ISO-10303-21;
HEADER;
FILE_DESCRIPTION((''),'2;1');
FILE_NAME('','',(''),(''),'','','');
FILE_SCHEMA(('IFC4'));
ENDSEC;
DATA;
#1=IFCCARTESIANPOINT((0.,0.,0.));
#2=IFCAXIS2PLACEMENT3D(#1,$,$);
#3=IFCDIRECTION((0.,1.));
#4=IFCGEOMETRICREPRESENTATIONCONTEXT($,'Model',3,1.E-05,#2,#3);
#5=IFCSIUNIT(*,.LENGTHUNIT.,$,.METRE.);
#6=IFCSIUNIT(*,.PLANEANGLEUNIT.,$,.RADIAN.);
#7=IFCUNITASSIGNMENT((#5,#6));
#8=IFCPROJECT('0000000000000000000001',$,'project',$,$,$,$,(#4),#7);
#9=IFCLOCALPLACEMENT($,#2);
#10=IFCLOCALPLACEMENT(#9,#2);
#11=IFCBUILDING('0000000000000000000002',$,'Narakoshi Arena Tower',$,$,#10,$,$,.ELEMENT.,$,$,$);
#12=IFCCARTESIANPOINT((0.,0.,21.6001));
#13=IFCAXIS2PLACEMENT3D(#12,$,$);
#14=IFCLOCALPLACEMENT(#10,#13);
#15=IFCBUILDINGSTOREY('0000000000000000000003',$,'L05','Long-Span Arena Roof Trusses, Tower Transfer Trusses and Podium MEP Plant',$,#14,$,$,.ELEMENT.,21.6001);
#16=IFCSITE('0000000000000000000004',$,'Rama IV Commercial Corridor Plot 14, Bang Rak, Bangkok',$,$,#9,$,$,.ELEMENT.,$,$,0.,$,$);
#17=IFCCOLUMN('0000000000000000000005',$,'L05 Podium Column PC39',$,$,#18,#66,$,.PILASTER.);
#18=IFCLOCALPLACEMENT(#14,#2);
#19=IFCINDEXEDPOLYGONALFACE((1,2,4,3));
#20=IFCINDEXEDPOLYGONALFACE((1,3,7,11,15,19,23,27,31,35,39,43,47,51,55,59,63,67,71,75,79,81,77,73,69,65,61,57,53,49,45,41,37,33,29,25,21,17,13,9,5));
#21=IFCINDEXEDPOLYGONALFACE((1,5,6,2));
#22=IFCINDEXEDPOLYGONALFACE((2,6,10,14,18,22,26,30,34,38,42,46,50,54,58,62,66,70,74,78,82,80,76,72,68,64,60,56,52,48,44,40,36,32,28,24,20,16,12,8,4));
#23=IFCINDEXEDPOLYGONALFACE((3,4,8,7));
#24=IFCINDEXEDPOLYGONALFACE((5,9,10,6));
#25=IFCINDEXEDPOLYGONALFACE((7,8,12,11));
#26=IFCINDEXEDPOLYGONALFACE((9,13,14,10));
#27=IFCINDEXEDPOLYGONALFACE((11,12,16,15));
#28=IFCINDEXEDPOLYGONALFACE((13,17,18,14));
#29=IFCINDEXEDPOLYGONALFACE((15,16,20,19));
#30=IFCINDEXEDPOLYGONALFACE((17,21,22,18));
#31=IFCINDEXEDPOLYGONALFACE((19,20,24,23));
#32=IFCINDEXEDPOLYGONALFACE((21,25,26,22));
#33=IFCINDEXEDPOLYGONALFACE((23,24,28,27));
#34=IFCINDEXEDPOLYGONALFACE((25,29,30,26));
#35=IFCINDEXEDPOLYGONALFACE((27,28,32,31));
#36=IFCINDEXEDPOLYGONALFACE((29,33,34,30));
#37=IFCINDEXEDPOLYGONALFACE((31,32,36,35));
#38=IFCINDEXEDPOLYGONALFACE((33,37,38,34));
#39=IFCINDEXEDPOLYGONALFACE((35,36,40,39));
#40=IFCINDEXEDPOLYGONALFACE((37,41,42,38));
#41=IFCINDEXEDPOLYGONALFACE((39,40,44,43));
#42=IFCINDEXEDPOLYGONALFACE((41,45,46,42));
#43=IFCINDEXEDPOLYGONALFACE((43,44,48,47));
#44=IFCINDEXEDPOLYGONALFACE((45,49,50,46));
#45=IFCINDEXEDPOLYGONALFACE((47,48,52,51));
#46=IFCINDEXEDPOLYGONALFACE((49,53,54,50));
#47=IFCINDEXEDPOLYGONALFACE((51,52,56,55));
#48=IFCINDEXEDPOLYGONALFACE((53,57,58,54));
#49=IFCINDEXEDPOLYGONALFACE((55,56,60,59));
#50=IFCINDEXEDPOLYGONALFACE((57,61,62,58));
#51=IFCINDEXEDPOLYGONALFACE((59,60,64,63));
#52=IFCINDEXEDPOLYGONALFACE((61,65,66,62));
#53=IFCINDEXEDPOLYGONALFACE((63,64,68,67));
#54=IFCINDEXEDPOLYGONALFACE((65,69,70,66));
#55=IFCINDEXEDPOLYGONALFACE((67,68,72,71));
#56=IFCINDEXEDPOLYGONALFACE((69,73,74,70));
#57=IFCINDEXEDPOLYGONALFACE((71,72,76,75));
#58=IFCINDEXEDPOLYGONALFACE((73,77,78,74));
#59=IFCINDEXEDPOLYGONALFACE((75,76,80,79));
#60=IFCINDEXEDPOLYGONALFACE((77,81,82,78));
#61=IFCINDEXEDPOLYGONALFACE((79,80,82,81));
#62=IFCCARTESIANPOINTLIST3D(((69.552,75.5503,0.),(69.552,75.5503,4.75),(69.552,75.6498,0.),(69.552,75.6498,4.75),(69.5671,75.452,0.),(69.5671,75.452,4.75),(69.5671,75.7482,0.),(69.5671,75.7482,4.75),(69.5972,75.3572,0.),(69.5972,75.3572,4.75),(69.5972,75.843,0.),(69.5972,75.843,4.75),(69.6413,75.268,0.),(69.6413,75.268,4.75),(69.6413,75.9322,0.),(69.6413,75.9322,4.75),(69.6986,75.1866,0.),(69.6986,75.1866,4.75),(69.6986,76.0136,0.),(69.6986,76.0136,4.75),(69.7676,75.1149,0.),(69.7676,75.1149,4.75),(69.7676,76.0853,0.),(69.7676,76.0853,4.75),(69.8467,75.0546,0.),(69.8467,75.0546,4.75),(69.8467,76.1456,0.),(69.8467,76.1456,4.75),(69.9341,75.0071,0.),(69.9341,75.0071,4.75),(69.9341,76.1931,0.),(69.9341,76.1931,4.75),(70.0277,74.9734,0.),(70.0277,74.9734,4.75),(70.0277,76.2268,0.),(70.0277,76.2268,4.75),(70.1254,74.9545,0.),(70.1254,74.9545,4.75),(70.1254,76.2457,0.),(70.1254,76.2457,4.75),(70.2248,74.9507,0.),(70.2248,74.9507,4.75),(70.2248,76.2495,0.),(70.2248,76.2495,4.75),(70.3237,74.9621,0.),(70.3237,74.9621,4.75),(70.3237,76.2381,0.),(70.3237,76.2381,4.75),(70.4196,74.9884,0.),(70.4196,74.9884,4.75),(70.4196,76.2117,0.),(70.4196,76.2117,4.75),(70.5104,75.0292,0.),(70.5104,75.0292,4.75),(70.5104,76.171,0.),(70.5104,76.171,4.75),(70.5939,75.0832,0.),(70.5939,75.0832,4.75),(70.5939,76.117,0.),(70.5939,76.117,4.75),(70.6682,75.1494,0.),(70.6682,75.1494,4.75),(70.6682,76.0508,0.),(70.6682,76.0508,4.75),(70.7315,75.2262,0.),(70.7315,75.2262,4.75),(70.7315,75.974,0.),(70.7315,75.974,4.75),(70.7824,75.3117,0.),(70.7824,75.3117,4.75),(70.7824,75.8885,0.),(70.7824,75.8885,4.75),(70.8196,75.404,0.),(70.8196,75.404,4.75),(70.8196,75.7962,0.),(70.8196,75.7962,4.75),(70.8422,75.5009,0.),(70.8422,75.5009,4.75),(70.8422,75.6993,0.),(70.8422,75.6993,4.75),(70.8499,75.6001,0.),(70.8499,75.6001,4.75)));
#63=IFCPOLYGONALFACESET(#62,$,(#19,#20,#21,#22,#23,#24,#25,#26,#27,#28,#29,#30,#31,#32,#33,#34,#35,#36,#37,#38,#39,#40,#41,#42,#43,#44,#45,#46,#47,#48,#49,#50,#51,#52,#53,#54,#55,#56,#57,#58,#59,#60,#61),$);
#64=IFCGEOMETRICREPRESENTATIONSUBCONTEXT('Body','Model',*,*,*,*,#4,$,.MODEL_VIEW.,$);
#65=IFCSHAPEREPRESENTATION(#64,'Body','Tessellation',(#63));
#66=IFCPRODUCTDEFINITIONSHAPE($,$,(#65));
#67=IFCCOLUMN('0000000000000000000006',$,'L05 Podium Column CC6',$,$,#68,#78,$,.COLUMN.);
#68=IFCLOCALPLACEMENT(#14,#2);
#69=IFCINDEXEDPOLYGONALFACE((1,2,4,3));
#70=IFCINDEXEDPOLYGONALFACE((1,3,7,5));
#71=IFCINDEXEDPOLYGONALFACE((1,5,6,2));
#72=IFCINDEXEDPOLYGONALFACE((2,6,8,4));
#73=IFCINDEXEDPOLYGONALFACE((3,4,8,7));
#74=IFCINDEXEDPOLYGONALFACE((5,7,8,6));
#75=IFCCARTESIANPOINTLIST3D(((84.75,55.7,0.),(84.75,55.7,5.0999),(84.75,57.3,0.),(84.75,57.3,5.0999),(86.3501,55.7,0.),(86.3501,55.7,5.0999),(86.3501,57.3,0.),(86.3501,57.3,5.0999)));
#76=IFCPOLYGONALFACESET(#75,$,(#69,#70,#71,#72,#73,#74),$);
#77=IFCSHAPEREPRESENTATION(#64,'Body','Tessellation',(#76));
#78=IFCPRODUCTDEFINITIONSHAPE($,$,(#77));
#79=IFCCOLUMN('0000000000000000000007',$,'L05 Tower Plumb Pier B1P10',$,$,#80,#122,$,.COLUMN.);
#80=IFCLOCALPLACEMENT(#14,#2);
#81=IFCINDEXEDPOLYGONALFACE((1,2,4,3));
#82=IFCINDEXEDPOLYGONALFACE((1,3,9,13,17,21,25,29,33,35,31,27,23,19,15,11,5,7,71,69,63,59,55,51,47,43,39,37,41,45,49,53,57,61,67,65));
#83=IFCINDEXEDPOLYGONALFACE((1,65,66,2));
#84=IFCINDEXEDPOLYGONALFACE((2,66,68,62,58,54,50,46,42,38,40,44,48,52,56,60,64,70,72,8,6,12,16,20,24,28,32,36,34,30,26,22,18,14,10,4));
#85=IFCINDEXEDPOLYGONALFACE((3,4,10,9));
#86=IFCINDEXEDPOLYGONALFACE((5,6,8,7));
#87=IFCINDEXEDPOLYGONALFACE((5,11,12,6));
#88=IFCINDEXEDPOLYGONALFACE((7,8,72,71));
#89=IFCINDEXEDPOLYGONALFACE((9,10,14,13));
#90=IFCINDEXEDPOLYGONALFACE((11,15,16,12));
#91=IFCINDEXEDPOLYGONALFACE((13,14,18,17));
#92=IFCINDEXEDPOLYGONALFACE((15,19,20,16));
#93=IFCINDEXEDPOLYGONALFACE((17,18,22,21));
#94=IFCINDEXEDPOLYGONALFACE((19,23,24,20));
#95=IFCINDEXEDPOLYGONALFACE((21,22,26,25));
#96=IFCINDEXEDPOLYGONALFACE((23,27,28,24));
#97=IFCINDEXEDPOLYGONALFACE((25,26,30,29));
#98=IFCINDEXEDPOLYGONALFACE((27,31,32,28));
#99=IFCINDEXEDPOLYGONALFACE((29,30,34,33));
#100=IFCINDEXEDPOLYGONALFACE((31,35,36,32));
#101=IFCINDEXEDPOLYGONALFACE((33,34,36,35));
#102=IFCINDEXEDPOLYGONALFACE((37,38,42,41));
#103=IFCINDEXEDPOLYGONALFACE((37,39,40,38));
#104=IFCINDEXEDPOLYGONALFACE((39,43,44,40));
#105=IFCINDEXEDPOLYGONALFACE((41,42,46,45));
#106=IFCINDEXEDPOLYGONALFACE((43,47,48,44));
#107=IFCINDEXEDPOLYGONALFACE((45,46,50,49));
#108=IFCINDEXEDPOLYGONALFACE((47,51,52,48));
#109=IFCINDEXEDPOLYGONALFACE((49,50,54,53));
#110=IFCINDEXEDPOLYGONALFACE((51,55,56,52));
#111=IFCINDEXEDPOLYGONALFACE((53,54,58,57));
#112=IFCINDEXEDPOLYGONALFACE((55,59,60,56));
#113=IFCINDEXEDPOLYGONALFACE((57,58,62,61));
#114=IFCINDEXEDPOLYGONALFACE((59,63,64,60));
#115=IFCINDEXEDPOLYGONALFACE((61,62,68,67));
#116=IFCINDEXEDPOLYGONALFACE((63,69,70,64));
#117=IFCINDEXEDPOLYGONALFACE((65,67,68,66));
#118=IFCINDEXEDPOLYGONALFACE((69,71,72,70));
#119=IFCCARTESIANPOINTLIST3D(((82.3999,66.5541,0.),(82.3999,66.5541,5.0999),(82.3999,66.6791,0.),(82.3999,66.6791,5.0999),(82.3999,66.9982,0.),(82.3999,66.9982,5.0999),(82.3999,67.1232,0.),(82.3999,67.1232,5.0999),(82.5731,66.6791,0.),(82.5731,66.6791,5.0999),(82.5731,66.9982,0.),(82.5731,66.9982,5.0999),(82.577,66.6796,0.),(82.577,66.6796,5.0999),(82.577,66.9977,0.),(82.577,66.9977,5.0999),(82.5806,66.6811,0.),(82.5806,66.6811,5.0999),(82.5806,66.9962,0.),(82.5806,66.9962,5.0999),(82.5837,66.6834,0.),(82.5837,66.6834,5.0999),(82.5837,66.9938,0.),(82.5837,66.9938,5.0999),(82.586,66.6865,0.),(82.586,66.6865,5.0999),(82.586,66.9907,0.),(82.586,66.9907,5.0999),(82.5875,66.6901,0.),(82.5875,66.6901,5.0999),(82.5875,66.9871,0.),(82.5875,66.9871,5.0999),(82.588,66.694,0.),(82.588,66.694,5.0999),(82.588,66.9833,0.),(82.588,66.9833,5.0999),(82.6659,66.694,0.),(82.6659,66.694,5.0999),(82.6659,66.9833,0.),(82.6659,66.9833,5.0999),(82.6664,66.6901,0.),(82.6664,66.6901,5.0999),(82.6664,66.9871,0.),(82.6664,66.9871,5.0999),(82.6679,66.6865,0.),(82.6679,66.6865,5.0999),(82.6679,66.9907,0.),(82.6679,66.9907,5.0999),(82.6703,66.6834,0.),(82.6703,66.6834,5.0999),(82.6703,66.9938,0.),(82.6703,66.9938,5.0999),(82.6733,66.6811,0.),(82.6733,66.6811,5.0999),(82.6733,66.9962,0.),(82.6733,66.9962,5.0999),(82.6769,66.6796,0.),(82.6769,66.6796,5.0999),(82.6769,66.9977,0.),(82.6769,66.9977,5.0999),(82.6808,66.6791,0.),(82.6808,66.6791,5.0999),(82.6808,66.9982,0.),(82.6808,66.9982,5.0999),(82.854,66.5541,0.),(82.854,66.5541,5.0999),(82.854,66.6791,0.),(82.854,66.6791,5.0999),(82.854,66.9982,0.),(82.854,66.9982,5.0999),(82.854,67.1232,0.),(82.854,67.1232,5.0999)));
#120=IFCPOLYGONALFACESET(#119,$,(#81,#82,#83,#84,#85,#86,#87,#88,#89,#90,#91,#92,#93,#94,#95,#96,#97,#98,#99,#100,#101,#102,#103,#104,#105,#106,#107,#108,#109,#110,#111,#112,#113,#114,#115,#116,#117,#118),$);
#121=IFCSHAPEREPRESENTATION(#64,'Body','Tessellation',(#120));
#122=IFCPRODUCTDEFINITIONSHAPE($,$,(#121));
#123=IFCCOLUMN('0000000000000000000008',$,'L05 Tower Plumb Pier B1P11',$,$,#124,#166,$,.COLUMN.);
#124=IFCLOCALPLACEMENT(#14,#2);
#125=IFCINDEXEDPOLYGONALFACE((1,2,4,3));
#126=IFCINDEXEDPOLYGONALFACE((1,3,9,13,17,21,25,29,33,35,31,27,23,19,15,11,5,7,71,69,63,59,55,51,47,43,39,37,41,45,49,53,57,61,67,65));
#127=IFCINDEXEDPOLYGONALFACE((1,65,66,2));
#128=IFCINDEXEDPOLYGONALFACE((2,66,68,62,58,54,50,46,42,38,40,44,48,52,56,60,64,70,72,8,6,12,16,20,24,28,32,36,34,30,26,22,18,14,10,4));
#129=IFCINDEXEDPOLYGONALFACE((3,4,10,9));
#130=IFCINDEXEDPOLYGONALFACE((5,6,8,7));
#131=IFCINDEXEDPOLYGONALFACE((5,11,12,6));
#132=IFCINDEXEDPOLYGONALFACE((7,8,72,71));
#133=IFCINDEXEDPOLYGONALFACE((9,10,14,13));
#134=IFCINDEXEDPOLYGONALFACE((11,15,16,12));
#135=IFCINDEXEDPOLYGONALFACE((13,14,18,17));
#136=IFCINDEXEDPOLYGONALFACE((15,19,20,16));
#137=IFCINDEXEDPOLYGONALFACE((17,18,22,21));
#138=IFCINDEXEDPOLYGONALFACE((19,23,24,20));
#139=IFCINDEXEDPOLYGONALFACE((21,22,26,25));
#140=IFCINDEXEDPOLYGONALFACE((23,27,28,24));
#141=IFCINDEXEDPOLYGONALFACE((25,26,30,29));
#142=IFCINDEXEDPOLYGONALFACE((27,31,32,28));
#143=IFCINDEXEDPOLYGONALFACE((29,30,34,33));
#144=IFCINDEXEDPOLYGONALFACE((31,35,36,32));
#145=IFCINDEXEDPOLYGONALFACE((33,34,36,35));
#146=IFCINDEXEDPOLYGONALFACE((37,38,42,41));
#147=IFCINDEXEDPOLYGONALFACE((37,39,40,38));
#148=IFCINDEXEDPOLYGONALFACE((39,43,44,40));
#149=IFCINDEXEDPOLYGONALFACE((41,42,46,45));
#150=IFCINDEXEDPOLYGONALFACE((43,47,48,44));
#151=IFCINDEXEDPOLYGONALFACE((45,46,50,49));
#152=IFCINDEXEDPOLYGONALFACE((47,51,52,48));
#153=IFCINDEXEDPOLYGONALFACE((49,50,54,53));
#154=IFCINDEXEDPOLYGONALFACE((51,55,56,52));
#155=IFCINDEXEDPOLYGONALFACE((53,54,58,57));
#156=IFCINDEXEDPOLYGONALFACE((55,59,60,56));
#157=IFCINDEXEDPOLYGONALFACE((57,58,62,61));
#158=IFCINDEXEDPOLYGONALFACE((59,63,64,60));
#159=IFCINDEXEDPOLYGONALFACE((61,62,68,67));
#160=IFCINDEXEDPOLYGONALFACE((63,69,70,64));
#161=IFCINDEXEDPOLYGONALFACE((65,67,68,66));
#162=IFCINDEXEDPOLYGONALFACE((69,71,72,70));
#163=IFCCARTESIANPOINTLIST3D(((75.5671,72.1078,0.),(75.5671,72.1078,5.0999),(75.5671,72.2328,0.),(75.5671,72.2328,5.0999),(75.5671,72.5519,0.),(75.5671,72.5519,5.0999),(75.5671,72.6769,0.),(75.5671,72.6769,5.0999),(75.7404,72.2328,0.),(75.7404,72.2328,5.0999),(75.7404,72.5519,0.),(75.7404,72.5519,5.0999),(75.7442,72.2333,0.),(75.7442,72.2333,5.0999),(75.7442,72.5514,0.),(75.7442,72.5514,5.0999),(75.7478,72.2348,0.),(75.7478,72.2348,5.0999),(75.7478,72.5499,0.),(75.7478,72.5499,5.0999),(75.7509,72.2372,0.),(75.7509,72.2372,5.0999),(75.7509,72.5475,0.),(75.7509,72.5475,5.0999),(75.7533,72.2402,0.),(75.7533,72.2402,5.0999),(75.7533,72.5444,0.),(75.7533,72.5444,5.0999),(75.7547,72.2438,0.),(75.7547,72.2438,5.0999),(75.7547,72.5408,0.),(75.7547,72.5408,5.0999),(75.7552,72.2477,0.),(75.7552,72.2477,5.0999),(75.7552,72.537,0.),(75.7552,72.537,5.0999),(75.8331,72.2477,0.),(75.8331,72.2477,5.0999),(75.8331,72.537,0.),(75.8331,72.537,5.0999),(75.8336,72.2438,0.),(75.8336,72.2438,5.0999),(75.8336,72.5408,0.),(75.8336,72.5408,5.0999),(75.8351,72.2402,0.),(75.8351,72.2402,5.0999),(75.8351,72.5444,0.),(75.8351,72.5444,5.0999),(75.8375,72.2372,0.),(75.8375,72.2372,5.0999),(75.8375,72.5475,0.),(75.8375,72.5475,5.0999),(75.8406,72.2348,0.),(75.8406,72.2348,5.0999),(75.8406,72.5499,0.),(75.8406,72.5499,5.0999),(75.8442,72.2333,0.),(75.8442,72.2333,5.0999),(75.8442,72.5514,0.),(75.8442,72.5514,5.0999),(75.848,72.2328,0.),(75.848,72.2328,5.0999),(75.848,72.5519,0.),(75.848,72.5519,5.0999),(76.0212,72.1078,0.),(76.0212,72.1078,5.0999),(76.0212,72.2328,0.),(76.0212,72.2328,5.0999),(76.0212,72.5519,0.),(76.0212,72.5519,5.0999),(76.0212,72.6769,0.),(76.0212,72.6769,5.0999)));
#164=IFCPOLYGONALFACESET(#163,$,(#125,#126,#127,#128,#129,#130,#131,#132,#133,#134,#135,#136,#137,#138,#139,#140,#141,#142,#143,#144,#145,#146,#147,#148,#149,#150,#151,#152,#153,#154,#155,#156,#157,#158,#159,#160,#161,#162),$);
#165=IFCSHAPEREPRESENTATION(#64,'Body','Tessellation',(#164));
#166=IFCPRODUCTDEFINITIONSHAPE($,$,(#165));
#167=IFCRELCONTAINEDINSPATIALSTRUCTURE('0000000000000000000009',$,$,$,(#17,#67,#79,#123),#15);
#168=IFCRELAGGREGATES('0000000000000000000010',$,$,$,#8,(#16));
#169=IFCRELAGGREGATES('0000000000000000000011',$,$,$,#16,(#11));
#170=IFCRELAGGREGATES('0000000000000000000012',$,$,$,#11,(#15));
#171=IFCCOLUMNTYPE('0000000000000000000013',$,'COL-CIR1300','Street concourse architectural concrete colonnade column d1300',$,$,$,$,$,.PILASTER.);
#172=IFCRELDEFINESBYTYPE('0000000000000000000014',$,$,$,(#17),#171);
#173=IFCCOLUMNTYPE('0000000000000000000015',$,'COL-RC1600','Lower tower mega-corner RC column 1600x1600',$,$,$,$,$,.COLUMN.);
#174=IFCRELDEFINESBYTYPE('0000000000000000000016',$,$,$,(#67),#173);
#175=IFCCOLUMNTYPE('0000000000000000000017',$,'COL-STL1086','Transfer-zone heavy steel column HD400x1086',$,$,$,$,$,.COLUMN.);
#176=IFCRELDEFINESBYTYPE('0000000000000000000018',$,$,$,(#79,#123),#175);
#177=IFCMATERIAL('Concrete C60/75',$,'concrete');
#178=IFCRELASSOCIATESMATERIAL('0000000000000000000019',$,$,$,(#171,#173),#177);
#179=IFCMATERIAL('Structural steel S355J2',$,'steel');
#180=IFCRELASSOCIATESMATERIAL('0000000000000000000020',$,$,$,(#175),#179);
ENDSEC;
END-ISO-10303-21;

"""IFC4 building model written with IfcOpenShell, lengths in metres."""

from ifc_helpers import new_model, si_unit, direction, frame, origin, origin_2d, place, context, subcontext, project, spatial, rectangle, circle, i_section, extrude, material, material_profile, profile_set, type_object, element, save


model = new_model("IFC4")

# Units and contexts
model_context = context("Model", 3, precision=1e-05, world=origin(), true_north=direction((0.0, 1.0)))
body_context = subcontext(model_context, "Body", "Model", "MODEL_VIEW")
ifc_project = project(units=[si_unit("LENGTHUNIT", "METRE"), si_unit("PLANEANGLEUNIT", "RADIAN")], contexts=[model_context])

# Site, building, storey
site_placement = place(None, origin())
site = spatial("IfcSite", under=ifc_project, at=site_placement, Name="Rama IV Commercial Corridor Plot 14, Bang Rak, Bangkok", CompositionType="ELEMENT", RefElevation=0.0)
building_placement = place(site_placement, origin())
building = spatial("IfcBuilding", under=site, at=building_placement, Name="Narakoshi Arena Tower", CompositionType="ELEMENT")
storey_placement = place(building_placement, frame((0.0, 0.0, 21.6001)))
storey = spatial("IfcBuildingStorey", under=building, at=storey_placement, Name="L05", Description="Long-Span Arena Roof Trusses, Tower Transfer Trusses and Podium MEP Plant", CompositionType="ELEMENT", Elevation=21.6001)

# Columns
ifc_material_1 = material(Name="Concrete C60/75", Category="concrete")
ifc_material_profile_1 = material_profile(ifc_material_1, circle(Radius=0.6499, at=origin_2d()), Name="RCC1300")
ifc_profile_set_1 = profile_set([ifc_material_profile_1], Name="Concrete C60/75")
column_type_1 = type_object("IfcColumnType", Name="COL-CIR1300", Description="Street concourse architectural concrete colonnade column d1300", PredefinedType="PILASTER", material=ifc_profile_set_1)
column_1_placement = place(storey_placement, frame((70.2, 75.6001, 0.0), z_axis=(0.0, 0.0, 1.0), x_axis=(1.0, 0.0, 0.0)))
element("IfcColumn", 1, at=column_1_placement, inside=storey, type_object=column_type_1, Name="L05 Podium Column PC39", PredefinedType="PILASTER", context=body_context, shape_type="SweptSolid", body=[
    extrude(circle(Radius=0.6499, at=origin_2d()), origin(), (0.0, 0.0, 1.0), 4.75),
])
ifc_material_profile_2 = material_profile(ifc_material_1, rectangle(XDim=1.6001, YDim=1.6001, at=origin_2d()), Name="RC1600x1600")
ifc_profile_set_2 = profile_set([ifc_material_profile_2], Name="Concrete C60/75")
column_type_2 = type_object("IfcColumnType", Name="COL-RC1600", Description="Lower tower mega-corner RC column 1600x1600", PredefinedType="COLUMN", material=ifc_profile_set_2)
column_2_placement = place(storey_placement, frame((85.55, 56.5, 0.0), z_axis=(0.0, 0.0, 1.0), x_axis=(1.0, 0.0, 0.0)))
element("IfcColumn", 2, at=column_2_placement, inside=storey, type_object=column_type_2, Name="L05 Podium Column CC6", PredefinedType="COLUMN", context=body_context, shape_type="SweptSolid", body=[
    extrude(rectangle(XDim=1.6001, YDim=1.6001, at=origin_2d()), origin(), (0.0, 0.0, 1.0), 5.0999),
])
ifc_material_2 = material(Name="Structural steel S355J2", Category="steel")
ifc_material_profile_3 = material_profile(ifc_material_2, i_section(OverallWidth=0.4541, OverallDepth=0.5691, WebThickness=0.0779, FlangeThickness=0.125, FilletRadius=0.0149, at=origin_2d()), Name="HD400x1086")
ifc_profile_set_3 = profile_set([ifc_material_profile_3], Name="Structural steel S355J2")
column_type_3 = type_object("IfcColumnType", Name="COL-STL1086", Description="Transfer-zone heavy steel column HD400x1086", PredefinedType="COLUMN", material=ifc_profile_set_3)
for number, where, z_axis, x_axis, name in (
    (3, (82.627, 66.8386, 0.0), (0.0, 0.0, 1.0), (1.0, 0.0, 0.0), "L05 Tower Plumb Pier B1P10"),
    (4, (75.7942, 72.3923, 0.0), (0.0, 0.0, 1.0), (1.0, 0.0, 0.0), "L05 Tower Plumb Pier B1P11"),
):
    element("IfcColumn", number, at=place(storey_placement, frame(where, z_axis=z_axis, x_axis=x_axis)), inside=storey, type_object=column_type_3, Name=name, PredefinedType="COLUMN", context=body_context, shape_type="SweptSolid", body=[
        extrude(i_section(OverallWidth=0.4541, OverallDepth=0.5691, WebThickness=0.0779, FlangeThickness=0.125, FilletRadius=0.0149, at=origin_2d()), origin(), (0.0, 0.0, 1.0), 5.0999),
    ])

save(model, "model.ifc")
